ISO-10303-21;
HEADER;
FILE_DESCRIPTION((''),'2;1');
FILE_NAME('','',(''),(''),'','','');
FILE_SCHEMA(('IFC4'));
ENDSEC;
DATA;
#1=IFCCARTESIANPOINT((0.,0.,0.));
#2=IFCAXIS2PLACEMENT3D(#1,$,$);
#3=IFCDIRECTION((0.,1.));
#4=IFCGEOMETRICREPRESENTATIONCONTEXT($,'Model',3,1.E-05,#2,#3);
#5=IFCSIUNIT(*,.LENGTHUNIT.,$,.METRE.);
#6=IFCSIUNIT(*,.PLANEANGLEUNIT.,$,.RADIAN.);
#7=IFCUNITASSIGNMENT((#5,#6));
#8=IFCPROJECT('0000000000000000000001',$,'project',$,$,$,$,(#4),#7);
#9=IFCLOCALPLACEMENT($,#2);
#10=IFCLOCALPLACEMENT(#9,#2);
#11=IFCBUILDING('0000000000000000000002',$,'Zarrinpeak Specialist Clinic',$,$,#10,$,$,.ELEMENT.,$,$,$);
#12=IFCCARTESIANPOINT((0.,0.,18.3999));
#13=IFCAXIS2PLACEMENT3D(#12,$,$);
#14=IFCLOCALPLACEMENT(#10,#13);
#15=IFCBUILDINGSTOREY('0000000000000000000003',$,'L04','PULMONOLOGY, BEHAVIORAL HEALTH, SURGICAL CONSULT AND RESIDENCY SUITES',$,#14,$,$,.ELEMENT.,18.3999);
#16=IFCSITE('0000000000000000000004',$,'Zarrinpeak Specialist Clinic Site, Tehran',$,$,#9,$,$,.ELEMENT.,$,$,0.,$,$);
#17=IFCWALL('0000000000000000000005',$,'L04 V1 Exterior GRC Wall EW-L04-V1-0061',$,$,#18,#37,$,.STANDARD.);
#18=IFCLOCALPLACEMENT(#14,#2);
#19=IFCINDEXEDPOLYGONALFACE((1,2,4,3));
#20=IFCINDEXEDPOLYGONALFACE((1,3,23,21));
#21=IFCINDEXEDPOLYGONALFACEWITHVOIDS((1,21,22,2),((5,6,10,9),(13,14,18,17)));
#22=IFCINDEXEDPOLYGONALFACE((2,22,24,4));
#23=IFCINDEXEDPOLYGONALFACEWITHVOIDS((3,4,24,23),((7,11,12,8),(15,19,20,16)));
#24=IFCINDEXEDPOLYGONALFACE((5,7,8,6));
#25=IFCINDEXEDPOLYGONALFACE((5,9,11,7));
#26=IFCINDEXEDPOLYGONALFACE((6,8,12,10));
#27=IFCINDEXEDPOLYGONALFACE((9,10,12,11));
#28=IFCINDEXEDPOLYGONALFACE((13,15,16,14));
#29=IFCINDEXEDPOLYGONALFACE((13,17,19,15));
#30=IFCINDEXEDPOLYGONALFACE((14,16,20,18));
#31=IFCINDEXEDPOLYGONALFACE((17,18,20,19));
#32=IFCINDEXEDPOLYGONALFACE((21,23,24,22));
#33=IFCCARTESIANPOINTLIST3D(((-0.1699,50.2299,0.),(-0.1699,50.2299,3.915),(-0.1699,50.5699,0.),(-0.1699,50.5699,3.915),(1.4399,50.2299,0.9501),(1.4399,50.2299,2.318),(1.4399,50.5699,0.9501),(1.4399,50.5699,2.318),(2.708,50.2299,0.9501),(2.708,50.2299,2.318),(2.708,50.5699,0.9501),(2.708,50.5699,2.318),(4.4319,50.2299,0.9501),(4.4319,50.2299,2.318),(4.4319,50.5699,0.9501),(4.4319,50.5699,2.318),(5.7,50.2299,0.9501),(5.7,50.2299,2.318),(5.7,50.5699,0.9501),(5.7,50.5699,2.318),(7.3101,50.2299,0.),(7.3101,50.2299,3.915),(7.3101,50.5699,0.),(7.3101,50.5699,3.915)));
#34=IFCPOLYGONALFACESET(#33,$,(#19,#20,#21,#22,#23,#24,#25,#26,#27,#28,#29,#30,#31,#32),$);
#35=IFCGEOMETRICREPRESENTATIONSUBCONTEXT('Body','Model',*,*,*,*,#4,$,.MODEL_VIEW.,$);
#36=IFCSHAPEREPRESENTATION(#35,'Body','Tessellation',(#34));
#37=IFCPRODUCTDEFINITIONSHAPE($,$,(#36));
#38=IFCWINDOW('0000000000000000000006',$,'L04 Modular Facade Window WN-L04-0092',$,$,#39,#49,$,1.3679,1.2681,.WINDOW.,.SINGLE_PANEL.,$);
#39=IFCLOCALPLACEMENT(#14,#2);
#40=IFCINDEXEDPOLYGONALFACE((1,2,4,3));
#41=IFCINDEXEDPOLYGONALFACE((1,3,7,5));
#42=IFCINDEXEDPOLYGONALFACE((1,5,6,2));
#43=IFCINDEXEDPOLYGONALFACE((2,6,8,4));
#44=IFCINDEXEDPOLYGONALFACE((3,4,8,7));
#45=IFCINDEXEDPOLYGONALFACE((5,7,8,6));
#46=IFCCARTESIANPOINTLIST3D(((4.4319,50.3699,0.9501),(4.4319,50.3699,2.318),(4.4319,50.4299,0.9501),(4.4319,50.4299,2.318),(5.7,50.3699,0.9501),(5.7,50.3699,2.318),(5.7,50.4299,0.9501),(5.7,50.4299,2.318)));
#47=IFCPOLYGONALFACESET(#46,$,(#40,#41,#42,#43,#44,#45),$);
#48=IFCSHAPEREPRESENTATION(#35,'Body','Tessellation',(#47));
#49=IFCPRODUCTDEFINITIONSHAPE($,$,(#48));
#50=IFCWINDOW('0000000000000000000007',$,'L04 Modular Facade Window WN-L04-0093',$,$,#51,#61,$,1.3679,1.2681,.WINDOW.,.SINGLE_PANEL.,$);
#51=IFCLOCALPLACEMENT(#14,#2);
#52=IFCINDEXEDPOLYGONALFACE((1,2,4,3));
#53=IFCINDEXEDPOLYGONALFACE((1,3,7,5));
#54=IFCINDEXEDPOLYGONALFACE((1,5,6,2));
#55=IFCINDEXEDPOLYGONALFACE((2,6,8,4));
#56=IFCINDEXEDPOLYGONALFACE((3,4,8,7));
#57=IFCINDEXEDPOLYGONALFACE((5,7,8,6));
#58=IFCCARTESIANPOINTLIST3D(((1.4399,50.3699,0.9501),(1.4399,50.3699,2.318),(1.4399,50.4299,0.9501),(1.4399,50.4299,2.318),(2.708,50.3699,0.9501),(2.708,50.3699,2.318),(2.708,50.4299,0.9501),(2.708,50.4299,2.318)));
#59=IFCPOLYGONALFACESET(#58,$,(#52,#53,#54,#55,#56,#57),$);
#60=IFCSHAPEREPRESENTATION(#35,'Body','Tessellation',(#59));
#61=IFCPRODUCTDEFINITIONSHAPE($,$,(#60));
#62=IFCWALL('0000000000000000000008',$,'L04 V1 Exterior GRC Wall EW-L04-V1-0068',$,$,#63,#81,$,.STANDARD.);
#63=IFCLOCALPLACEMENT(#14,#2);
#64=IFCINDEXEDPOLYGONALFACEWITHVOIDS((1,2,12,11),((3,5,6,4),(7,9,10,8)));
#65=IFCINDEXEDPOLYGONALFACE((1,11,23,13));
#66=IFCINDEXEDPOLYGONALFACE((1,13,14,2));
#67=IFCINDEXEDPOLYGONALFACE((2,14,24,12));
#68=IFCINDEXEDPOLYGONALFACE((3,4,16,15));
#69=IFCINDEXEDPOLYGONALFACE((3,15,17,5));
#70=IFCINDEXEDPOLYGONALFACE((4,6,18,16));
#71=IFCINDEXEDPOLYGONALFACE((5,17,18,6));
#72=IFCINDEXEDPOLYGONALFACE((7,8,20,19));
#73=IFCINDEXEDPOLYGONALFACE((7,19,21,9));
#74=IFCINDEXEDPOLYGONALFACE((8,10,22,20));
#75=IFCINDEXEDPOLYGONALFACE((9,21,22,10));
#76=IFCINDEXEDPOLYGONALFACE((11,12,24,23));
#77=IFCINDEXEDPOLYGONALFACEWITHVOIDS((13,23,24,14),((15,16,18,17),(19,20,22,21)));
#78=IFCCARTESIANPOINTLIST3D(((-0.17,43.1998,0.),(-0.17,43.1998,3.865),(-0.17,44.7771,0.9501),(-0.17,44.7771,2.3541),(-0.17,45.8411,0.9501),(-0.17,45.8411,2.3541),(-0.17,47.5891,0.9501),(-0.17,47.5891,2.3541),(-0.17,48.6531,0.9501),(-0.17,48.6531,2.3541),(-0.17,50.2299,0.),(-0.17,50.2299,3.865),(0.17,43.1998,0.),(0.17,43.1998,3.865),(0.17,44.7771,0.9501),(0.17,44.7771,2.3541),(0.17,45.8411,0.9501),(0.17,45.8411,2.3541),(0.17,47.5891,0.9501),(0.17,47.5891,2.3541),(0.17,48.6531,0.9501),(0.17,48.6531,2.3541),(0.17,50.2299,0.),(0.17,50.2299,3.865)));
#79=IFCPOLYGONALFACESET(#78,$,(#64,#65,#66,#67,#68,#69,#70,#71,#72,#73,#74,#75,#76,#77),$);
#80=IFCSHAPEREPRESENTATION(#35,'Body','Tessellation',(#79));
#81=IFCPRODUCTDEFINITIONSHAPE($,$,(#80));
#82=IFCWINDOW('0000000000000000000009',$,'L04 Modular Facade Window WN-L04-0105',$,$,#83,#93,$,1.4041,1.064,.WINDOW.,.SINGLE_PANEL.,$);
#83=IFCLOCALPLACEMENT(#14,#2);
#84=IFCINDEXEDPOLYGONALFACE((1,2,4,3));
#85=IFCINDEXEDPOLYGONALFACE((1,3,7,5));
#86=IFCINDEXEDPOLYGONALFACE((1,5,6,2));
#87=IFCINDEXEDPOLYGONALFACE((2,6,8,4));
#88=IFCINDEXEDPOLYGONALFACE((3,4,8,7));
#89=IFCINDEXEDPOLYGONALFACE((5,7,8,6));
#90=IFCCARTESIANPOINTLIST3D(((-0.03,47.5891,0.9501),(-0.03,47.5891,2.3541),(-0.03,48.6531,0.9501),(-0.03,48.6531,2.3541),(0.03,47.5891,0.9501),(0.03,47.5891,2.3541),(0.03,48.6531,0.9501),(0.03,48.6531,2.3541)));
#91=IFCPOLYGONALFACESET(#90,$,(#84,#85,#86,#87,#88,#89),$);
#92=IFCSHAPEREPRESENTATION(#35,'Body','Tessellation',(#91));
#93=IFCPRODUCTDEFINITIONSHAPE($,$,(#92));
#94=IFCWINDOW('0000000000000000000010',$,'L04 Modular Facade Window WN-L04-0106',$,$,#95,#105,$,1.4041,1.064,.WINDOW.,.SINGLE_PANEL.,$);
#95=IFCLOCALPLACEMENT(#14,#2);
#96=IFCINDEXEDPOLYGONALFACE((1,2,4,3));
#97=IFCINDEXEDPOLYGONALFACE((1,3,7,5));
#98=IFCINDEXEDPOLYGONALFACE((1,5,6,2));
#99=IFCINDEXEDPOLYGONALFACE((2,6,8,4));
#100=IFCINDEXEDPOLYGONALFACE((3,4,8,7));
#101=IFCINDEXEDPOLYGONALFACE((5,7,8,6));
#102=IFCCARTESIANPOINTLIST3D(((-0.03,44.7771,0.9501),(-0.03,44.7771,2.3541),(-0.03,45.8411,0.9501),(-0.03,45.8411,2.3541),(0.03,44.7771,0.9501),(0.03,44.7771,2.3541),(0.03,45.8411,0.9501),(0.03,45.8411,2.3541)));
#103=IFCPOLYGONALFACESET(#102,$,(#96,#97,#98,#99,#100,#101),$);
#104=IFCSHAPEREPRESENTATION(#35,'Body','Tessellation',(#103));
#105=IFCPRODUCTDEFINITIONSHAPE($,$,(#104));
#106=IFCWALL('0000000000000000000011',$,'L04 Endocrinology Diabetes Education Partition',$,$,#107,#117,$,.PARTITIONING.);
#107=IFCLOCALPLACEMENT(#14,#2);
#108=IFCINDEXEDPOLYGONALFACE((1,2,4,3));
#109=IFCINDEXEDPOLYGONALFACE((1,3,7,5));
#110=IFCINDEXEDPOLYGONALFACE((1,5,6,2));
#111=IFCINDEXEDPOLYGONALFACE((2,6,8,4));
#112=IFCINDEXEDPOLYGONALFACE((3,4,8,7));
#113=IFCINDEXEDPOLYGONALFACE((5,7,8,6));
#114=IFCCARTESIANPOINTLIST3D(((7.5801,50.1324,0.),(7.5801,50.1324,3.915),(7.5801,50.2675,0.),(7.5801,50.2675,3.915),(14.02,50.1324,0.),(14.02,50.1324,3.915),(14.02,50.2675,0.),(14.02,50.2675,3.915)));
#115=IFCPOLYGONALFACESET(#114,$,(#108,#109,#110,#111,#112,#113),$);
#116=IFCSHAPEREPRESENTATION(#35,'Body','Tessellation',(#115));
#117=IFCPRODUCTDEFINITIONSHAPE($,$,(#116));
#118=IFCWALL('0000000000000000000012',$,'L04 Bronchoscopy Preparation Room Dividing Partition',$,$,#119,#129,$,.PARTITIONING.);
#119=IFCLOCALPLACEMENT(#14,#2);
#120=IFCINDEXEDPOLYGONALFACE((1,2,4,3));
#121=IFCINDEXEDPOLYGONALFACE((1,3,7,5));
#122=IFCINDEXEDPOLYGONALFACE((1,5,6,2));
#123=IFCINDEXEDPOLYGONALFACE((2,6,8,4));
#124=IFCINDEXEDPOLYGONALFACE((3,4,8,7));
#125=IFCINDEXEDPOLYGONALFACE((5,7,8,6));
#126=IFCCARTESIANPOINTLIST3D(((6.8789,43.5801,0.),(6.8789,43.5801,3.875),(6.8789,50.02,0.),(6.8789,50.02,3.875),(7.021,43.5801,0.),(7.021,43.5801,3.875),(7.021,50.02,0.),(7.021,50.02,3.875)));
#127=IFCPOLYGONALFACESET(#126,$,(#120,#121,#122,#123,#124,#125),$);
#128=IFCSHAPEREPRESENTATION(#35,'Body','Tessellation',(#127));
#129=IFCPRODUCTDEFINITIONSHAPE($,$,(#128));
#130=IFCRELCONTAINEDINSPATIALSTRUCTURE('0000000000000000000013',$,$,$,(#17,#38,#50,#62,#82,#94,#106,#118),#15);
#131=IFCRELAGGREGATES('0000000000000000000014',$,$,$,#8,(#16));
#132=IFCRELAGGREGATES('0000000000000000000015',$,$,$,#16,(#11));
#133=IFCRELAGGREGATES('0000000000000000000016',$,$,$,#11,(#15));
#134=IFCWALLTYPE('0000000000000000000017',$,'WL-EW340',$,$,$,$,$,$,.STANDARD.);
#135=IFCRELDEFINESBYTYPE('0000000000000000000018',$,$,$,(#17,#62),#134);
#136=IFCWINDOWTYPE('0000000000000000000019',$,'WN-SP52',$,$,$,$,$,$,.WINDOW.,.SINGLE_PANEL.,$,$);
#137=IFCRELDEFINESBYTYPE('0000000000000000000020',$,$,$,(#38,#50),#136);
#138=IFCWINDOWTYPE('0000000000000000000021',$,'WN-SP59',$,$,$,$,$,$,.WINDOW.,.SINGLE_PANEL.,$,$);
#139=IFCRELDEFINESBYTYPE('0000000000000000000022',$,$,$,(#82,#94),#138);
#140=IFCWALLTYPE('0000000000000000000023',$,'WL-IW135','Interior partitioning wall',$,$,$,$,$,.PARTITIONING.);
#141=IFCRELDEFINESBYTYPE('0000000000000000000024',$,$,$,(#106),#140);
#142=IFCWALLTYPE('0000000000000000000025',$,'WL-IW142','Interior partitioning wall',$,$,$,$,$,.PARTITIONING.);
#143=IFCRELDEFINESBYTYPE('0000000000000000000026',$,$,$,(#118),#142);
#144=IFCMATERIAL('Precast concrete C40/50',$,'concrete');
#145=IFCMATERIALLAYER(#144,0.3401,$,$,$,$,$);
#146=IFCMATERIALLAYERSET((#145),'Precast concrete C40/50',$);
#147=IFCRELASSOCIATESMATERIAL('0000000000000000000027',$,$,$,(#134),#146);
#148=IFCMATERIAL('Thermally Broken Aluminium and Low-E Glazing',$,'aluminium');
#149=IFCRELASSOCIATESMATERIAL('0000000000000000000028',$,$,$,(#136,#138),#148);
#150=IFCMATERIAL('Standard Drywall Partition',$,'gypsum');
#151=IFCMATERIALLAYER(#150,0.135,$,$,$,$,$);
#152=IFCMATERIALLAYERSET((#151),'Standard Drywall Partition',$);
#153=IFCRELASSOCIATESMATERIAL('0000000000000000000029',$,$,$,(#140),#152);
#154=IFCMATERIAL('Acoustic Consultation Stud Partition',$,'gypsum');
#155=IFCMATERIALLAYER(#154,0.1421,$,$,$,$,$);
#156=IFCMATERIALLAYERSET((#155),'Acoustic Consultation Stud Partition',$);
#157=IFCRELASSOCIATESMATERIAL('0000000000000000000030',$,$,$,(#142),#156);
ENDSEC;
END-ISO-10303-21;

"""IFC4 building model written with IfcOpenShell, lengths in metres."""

from ifc_helpers import new_model, si_unit, direction, frame, frame_2d, origin, place, context, subcontext, project, spatial, rectangle, extrude, material, layer, layer_set, type_object, element, fill, save


model = new_model("IFC4")

# Units and contexts
model_context = context("Model", 3, precision=1e-05, world=origin(), true_north=direction((0.0, 1.0)))
body_context = subcontext(model_context, "Body", "Model", "MODEL_VIEW")
ifc_project = project(units=[si_unit("LENGTHUNIT", "METRE"), si_unit("PLANEANGLEUNIT", "RADIAN")], contexts=[model_context])

# Site, building, storey
site_placement = place(None, origin())
site = spatial("IfcSite", under=ifc_project, at=site_placement, Name="Zarrinpeak Specialist Clinic Site, Tehran", CompositionType="ELEMENT", RefElevation=0.0)
building_placement = place(site_placement, origin())
building = spatial("IfcBuilding", under=site, at=building_placement, Name="Zarrinpeak Specialist Clinic", CompositionType="ELEMENT")
storey_placement = place(building_placement, frame((0.0, 0.0, 18.3999)))
storey = spatial("IfcBuildingStorey", under=building, at=storey_placement, Name="L04", Description="PULMONOLOGY, BEHAVIORAL HEALTH, SURGICAL CONSULT AND RESIDENCY SUITES", CompositionType="ELEMENT", Elevation=18.3999)

# Walls, openings, windows
ifc_material_1 = material(Name="Precast concrete C40/50", Category="concrete")
ifc_layer_1 = layer(ifc_material_1, 0.3401)
ifc_layer_set_1 = layer_set([ifc_layer_1], Name="Precast concrete C40/50")
wall_type_1 = type_object("IfcWallType", Name="WL-EW340", PredefinedType="STANDARD", material=ifc_layer_set_1)
wall_1_placement = place(storey_placement, frame((7.3101, 50.3999, 0.0), z_axis=(0.0, 0.0, 1.0), x_axis=(-1.0, 0.0, 0.0)))
wall_1 = element("IfcWall", 1, at=wall_1_placement, inside=storey, type_object=wall_type_1, Name="L04 V1 Exterior GRC Wall EW-L04-V1-0061", PredefinedType="STANDARD", context=body_context, shape_type="SweptSolid", body=[
    extrude(rectangle(XDim=7.48, YDim=0.3401, at=frame_2d((3.74, 0.0))), origin(), (0.0, 0.0, 1.0), 3.915),
])
opening_1_placement = place(wall_1_placement, frame((1.6101, 0.0, 0.95)))
opening_1 = element("IfcOpeningElement", 2, at=opening_1_placement, cuts=wall_1, PredefinedType="OPENING", context=body_context, shape_type="SweptSolid", body=[
    extrude(rectangle(XDim=1.2681, YDim=1.3679, at=frame_2d((0.634, 0.6841))), frame((0.0, 0.1802, 0.0), z_axis=(0.0, -1.0, 0.0), x_axis=(1.0, 0.0, 0.0)), (0.0, 0.0, 1.0), 0.3601),
])
opening_2_placement = place(wall_1_placement, frame((4.6021, 0.0, 0.95)))
opening_2 = element("IfcOpeningElement", 3, at=opening_2_placement, cuts=wall_1, PredefinedType="OPENING", context=body_context, shape_type="SweptSolid", body=[
    extrude(rectangle(XDim=1.2681, YDim=1.3679, at=frame_2d((0.634, 0.6841))), frame((0.0, 0.1802, 0.0), z_axis=(0.0, -1.0, 0.0), x_axis=(1.0, 0.0, 0.0)), (0.0, 0.0, 1.0), 0.3601),
])
ifc_material_2 = material(Name="Thermally Broken Aluminium and Low-E Glazing", Category="aluminium")
window_type_1 = type_object("IfcWindowType", Name="WN-SP52", PartitioningType="SINGLE_PANEL", PredefinedType="WINDOW", material=ifc_material_2)
window_1_placement = place(opening_1_placement, origin())
window_1 = element("IfcWindow", 4, at=window_1_placement, inside=storey, type_object=window_type_1, Name="L04 Modular Facade Window WN-L04-0092", OverallHeight=1.3679, OverallWidth=1.2681, PartitioningType="SINGLE_PANEL", PredefinedType="WINDOW", context=body_context, shape_type="SweptSolid", body=[
    extrude(rectangle(XDim=1.2681, YDim=1.3679, at=frame_2d((0.634, 0.6841))), frame((0.0, 0.03, 0.0), z_axis=(0.0, -1.0, 0.0), x_axis=(1.0, 0.0, 0.0)), (0.0, 0.0, 1.0), 0.0601),
])
fill(opening_1, window_1)
window_2_placement = place(opening_2_placement, origin())
window_2 = element("IfcWindow", 5, at=window_2_placement, inside=storey, type_object=window_type_1, Name="L04 Modular Facade Window WN-L04-0093", OverallHeight=1.3679, OverallWidth=1.2681, PartitioningType="SINGLE_PANEL", PredefinedType="WINDOW", context=body_context, shape_type="SweptSolid", body=[
    extrude(rectangle(XDim=1.2681, YDim=1.3679, at=frame_2d((0.634, 0.6841))), frame((0.0, 0.03, 0.0), z_axis=(0.0, -1.0, 0.0), x_axis=(1.0, 0.0, 0.0)), (0.0, 0.0, 1.0), 0.0601),
])
fill(opening_2, window_2)
wall_2_placement = place(storey_placement, frame((0.0, 50.23, 0.0), z_axis=(0.0, 0.0, 1.0), x_axis=(0.0, -1.0, 0.0)))
wall_2 = element("IfcWall", 6, at=wall_2_placement, inside=storey, type_object=wall_type_1, Name="L04 V1 Exterior GRC Wall EW-L04-V1-0068", PredefinedType="STANDARD", context=body_context, shape_type="SweptSolid", body=[
    extrude(rectangle(XDim=7.03, YDim=0.3401, at=frame_2d((3.5151, 0.0))), origin(), (0.0, 0.0, 1.0), 3.865),
])
opening_3_placement = place(wall_2_placement, frame((1.5769, 0.0, 0.95)))
opening_3 = element("IfcOpeningElement", 7, at=opening_3_placement, cuts=wall_2, PredefinedType="OPENING", context=body_context, shape_type="SweptSolid", body=[
    extrude(rectangle(XDim=1.064, YDim=1.4041, at=frame_2d((0.532, 0.7021))), frame((0.0, 0.1802, 0.0), z_axis=(0.0, -1.0, 0.0), x_axis=(1.0, 0.0, 0.0)), (0.0, 0.0, 1.0), 0.3601),
])
opening_4_placement = place(wall_2_placement, frame((4.3889, 0.0, 0.95)))
opening_4 = element("IfcOpeningElement", 8, at=opening_4_placement, cuts=wall_2, PredefinedType="OPENING", context=body_context, shape_type="SweptSolid", body=[
    extrude(rectangle(XDim=1.064, YDim=1.4041, at=frame_2d((0.532, 0.7021))), frame((0.0, 0.1802, 0.0), z_axis=(0.0, -1.0, 0.0), x_axis=(1.0, 0.0, 0.0)), (0.0, 0.0, 1.0), 0.3601),
])
window_type_2 = type_object("IfcWindowType", Name="WN-SP59", PartitioningType="SINGLE_PANEL", PredefinedType="WINDOW", material=ifc_material_2)
window_3_placement = place(opening_3_placement, origin())
window_3 = element("IfcWindow", 9, at=window_3_placement, inside=storey, type_object=window_type_2, Name="L04 Modular Facade Window WN-L04-0105", OverallHeight=1.4041, OverallWidth=1.064, PartitioningType="SINGLE_PANEL", PredefinedType="WINDOW", context=body_context, shape_type="SweptSolid", body=[
    extrude(rectangle(XDim=1.064, YDim=1.4041, at=frame_2d((0.532, 0.7021))), frame((0.0, 0.03, 0.0), z_axis=(0.0, -1.0, 0.0), x_axis=(1.0, 0.0, 0.0)), (0.0, 0.0, 1.0), 0.0601),
])
fill(opening_3, window_3)
window_4_placement = place(opening_4_placement, origin())
window_4 = element("IfcWindow", 10, at=window_4_placement, inside=storey, type_object=window_type_2, Name="L04 Modular Facade Window WN-L04-0106", OverallHeight=1.4041, OverallWidth=1.064, PartitioningType="SINGLE_PANEL", PredefinedType="WINDOW", context=body_context, shape_type="SweptSolid", body=[
    extrude(rectangle(XDim=1.064, YDim=1.4041, at=frame_2d((0.532, 0.7021))), frame((0.0, 0.03, 0.0), z_axis=(0.0, -1.0, 0.0), x_axis=(1.0, 0.0, 0.0)), (0.0, 0.0, 1.0), 0.0601),
])
fill(opening_4, window_4)

# Walls
ifc_material_3 = material(Name="Standard Drywall Partition", Category="gypsum")
ifc_layer_2 = layer(ifc_material_3, 0.135)
ifc_layer_set_2 = layer_set([ifc_layer_2], Name="Standard Drywall Partition")
wall_type_2 = type_object("IfcWallType", Name="WL-IW135", Description="Interior partitioning wall", PredefinedType="PARTITIONING", material=ifc_layer_set_2)
wall_3_placement = place(storey_placement, frame((7.5801, 50.2, 0.0), z_axis=(0.0, 0.0, 1.0), x_axis=(1.0, 0.0, 0.0)))
element("IfcWall", 11, at=wall_3_placement, inside=storey, type_object=wall_type_2, Name="L04 Endocrinology Diabetes Education Partition", PredefinedType="PARTITIONING", context=body_context, shape_type="SweptSolid", body=[
    extrude(rectangle(XDim=6.4399, YDim=0.135, at=frame_2d((3.22, 0.0))), origin(), (0.0, 0.0, 1.0), 3.915),
])
ifc_material_4 = material(Name="Acoustic Consultation Stud Partition", Category="gypsum")
ifc_layer_3 = layer(ifc_material_4, 0.1421)
ifc_layer_set_3 = layer_set([ifc_layer_3], Name="Acoustic Consultation Stud Partition")
wall_type_3 = type_object("IfcWallType", Name="WL-IW142", Description="Interior partitioning wall", PredefinedType="PARTITIONING", material=ifc_layer_set_3)
wall_4_placement = place(storey_placement, frame((6.95, 43.5801, 0.0), z_axis=(0.0, 0.0, 1.0), x_axis=(0.0, 1.0, 0.0)))
element("IfcWall", 12, at=wall_4_placement, inside=storey, type_object=wall_type_3, Name="L04 Bronchoscopy Preparation Room Dividing Partition", PredefinedType="PARTITIONING", context=body_context, shape_type="SweptSolid", body=[
    extrude(rectangle(XDim=6.4399, YDim=0.1421, at=frame_2d((3.22, 0.0))), origin(), (0.0, 0.0, 1.0), 3.875),
])

save(model, "model.ifc")
